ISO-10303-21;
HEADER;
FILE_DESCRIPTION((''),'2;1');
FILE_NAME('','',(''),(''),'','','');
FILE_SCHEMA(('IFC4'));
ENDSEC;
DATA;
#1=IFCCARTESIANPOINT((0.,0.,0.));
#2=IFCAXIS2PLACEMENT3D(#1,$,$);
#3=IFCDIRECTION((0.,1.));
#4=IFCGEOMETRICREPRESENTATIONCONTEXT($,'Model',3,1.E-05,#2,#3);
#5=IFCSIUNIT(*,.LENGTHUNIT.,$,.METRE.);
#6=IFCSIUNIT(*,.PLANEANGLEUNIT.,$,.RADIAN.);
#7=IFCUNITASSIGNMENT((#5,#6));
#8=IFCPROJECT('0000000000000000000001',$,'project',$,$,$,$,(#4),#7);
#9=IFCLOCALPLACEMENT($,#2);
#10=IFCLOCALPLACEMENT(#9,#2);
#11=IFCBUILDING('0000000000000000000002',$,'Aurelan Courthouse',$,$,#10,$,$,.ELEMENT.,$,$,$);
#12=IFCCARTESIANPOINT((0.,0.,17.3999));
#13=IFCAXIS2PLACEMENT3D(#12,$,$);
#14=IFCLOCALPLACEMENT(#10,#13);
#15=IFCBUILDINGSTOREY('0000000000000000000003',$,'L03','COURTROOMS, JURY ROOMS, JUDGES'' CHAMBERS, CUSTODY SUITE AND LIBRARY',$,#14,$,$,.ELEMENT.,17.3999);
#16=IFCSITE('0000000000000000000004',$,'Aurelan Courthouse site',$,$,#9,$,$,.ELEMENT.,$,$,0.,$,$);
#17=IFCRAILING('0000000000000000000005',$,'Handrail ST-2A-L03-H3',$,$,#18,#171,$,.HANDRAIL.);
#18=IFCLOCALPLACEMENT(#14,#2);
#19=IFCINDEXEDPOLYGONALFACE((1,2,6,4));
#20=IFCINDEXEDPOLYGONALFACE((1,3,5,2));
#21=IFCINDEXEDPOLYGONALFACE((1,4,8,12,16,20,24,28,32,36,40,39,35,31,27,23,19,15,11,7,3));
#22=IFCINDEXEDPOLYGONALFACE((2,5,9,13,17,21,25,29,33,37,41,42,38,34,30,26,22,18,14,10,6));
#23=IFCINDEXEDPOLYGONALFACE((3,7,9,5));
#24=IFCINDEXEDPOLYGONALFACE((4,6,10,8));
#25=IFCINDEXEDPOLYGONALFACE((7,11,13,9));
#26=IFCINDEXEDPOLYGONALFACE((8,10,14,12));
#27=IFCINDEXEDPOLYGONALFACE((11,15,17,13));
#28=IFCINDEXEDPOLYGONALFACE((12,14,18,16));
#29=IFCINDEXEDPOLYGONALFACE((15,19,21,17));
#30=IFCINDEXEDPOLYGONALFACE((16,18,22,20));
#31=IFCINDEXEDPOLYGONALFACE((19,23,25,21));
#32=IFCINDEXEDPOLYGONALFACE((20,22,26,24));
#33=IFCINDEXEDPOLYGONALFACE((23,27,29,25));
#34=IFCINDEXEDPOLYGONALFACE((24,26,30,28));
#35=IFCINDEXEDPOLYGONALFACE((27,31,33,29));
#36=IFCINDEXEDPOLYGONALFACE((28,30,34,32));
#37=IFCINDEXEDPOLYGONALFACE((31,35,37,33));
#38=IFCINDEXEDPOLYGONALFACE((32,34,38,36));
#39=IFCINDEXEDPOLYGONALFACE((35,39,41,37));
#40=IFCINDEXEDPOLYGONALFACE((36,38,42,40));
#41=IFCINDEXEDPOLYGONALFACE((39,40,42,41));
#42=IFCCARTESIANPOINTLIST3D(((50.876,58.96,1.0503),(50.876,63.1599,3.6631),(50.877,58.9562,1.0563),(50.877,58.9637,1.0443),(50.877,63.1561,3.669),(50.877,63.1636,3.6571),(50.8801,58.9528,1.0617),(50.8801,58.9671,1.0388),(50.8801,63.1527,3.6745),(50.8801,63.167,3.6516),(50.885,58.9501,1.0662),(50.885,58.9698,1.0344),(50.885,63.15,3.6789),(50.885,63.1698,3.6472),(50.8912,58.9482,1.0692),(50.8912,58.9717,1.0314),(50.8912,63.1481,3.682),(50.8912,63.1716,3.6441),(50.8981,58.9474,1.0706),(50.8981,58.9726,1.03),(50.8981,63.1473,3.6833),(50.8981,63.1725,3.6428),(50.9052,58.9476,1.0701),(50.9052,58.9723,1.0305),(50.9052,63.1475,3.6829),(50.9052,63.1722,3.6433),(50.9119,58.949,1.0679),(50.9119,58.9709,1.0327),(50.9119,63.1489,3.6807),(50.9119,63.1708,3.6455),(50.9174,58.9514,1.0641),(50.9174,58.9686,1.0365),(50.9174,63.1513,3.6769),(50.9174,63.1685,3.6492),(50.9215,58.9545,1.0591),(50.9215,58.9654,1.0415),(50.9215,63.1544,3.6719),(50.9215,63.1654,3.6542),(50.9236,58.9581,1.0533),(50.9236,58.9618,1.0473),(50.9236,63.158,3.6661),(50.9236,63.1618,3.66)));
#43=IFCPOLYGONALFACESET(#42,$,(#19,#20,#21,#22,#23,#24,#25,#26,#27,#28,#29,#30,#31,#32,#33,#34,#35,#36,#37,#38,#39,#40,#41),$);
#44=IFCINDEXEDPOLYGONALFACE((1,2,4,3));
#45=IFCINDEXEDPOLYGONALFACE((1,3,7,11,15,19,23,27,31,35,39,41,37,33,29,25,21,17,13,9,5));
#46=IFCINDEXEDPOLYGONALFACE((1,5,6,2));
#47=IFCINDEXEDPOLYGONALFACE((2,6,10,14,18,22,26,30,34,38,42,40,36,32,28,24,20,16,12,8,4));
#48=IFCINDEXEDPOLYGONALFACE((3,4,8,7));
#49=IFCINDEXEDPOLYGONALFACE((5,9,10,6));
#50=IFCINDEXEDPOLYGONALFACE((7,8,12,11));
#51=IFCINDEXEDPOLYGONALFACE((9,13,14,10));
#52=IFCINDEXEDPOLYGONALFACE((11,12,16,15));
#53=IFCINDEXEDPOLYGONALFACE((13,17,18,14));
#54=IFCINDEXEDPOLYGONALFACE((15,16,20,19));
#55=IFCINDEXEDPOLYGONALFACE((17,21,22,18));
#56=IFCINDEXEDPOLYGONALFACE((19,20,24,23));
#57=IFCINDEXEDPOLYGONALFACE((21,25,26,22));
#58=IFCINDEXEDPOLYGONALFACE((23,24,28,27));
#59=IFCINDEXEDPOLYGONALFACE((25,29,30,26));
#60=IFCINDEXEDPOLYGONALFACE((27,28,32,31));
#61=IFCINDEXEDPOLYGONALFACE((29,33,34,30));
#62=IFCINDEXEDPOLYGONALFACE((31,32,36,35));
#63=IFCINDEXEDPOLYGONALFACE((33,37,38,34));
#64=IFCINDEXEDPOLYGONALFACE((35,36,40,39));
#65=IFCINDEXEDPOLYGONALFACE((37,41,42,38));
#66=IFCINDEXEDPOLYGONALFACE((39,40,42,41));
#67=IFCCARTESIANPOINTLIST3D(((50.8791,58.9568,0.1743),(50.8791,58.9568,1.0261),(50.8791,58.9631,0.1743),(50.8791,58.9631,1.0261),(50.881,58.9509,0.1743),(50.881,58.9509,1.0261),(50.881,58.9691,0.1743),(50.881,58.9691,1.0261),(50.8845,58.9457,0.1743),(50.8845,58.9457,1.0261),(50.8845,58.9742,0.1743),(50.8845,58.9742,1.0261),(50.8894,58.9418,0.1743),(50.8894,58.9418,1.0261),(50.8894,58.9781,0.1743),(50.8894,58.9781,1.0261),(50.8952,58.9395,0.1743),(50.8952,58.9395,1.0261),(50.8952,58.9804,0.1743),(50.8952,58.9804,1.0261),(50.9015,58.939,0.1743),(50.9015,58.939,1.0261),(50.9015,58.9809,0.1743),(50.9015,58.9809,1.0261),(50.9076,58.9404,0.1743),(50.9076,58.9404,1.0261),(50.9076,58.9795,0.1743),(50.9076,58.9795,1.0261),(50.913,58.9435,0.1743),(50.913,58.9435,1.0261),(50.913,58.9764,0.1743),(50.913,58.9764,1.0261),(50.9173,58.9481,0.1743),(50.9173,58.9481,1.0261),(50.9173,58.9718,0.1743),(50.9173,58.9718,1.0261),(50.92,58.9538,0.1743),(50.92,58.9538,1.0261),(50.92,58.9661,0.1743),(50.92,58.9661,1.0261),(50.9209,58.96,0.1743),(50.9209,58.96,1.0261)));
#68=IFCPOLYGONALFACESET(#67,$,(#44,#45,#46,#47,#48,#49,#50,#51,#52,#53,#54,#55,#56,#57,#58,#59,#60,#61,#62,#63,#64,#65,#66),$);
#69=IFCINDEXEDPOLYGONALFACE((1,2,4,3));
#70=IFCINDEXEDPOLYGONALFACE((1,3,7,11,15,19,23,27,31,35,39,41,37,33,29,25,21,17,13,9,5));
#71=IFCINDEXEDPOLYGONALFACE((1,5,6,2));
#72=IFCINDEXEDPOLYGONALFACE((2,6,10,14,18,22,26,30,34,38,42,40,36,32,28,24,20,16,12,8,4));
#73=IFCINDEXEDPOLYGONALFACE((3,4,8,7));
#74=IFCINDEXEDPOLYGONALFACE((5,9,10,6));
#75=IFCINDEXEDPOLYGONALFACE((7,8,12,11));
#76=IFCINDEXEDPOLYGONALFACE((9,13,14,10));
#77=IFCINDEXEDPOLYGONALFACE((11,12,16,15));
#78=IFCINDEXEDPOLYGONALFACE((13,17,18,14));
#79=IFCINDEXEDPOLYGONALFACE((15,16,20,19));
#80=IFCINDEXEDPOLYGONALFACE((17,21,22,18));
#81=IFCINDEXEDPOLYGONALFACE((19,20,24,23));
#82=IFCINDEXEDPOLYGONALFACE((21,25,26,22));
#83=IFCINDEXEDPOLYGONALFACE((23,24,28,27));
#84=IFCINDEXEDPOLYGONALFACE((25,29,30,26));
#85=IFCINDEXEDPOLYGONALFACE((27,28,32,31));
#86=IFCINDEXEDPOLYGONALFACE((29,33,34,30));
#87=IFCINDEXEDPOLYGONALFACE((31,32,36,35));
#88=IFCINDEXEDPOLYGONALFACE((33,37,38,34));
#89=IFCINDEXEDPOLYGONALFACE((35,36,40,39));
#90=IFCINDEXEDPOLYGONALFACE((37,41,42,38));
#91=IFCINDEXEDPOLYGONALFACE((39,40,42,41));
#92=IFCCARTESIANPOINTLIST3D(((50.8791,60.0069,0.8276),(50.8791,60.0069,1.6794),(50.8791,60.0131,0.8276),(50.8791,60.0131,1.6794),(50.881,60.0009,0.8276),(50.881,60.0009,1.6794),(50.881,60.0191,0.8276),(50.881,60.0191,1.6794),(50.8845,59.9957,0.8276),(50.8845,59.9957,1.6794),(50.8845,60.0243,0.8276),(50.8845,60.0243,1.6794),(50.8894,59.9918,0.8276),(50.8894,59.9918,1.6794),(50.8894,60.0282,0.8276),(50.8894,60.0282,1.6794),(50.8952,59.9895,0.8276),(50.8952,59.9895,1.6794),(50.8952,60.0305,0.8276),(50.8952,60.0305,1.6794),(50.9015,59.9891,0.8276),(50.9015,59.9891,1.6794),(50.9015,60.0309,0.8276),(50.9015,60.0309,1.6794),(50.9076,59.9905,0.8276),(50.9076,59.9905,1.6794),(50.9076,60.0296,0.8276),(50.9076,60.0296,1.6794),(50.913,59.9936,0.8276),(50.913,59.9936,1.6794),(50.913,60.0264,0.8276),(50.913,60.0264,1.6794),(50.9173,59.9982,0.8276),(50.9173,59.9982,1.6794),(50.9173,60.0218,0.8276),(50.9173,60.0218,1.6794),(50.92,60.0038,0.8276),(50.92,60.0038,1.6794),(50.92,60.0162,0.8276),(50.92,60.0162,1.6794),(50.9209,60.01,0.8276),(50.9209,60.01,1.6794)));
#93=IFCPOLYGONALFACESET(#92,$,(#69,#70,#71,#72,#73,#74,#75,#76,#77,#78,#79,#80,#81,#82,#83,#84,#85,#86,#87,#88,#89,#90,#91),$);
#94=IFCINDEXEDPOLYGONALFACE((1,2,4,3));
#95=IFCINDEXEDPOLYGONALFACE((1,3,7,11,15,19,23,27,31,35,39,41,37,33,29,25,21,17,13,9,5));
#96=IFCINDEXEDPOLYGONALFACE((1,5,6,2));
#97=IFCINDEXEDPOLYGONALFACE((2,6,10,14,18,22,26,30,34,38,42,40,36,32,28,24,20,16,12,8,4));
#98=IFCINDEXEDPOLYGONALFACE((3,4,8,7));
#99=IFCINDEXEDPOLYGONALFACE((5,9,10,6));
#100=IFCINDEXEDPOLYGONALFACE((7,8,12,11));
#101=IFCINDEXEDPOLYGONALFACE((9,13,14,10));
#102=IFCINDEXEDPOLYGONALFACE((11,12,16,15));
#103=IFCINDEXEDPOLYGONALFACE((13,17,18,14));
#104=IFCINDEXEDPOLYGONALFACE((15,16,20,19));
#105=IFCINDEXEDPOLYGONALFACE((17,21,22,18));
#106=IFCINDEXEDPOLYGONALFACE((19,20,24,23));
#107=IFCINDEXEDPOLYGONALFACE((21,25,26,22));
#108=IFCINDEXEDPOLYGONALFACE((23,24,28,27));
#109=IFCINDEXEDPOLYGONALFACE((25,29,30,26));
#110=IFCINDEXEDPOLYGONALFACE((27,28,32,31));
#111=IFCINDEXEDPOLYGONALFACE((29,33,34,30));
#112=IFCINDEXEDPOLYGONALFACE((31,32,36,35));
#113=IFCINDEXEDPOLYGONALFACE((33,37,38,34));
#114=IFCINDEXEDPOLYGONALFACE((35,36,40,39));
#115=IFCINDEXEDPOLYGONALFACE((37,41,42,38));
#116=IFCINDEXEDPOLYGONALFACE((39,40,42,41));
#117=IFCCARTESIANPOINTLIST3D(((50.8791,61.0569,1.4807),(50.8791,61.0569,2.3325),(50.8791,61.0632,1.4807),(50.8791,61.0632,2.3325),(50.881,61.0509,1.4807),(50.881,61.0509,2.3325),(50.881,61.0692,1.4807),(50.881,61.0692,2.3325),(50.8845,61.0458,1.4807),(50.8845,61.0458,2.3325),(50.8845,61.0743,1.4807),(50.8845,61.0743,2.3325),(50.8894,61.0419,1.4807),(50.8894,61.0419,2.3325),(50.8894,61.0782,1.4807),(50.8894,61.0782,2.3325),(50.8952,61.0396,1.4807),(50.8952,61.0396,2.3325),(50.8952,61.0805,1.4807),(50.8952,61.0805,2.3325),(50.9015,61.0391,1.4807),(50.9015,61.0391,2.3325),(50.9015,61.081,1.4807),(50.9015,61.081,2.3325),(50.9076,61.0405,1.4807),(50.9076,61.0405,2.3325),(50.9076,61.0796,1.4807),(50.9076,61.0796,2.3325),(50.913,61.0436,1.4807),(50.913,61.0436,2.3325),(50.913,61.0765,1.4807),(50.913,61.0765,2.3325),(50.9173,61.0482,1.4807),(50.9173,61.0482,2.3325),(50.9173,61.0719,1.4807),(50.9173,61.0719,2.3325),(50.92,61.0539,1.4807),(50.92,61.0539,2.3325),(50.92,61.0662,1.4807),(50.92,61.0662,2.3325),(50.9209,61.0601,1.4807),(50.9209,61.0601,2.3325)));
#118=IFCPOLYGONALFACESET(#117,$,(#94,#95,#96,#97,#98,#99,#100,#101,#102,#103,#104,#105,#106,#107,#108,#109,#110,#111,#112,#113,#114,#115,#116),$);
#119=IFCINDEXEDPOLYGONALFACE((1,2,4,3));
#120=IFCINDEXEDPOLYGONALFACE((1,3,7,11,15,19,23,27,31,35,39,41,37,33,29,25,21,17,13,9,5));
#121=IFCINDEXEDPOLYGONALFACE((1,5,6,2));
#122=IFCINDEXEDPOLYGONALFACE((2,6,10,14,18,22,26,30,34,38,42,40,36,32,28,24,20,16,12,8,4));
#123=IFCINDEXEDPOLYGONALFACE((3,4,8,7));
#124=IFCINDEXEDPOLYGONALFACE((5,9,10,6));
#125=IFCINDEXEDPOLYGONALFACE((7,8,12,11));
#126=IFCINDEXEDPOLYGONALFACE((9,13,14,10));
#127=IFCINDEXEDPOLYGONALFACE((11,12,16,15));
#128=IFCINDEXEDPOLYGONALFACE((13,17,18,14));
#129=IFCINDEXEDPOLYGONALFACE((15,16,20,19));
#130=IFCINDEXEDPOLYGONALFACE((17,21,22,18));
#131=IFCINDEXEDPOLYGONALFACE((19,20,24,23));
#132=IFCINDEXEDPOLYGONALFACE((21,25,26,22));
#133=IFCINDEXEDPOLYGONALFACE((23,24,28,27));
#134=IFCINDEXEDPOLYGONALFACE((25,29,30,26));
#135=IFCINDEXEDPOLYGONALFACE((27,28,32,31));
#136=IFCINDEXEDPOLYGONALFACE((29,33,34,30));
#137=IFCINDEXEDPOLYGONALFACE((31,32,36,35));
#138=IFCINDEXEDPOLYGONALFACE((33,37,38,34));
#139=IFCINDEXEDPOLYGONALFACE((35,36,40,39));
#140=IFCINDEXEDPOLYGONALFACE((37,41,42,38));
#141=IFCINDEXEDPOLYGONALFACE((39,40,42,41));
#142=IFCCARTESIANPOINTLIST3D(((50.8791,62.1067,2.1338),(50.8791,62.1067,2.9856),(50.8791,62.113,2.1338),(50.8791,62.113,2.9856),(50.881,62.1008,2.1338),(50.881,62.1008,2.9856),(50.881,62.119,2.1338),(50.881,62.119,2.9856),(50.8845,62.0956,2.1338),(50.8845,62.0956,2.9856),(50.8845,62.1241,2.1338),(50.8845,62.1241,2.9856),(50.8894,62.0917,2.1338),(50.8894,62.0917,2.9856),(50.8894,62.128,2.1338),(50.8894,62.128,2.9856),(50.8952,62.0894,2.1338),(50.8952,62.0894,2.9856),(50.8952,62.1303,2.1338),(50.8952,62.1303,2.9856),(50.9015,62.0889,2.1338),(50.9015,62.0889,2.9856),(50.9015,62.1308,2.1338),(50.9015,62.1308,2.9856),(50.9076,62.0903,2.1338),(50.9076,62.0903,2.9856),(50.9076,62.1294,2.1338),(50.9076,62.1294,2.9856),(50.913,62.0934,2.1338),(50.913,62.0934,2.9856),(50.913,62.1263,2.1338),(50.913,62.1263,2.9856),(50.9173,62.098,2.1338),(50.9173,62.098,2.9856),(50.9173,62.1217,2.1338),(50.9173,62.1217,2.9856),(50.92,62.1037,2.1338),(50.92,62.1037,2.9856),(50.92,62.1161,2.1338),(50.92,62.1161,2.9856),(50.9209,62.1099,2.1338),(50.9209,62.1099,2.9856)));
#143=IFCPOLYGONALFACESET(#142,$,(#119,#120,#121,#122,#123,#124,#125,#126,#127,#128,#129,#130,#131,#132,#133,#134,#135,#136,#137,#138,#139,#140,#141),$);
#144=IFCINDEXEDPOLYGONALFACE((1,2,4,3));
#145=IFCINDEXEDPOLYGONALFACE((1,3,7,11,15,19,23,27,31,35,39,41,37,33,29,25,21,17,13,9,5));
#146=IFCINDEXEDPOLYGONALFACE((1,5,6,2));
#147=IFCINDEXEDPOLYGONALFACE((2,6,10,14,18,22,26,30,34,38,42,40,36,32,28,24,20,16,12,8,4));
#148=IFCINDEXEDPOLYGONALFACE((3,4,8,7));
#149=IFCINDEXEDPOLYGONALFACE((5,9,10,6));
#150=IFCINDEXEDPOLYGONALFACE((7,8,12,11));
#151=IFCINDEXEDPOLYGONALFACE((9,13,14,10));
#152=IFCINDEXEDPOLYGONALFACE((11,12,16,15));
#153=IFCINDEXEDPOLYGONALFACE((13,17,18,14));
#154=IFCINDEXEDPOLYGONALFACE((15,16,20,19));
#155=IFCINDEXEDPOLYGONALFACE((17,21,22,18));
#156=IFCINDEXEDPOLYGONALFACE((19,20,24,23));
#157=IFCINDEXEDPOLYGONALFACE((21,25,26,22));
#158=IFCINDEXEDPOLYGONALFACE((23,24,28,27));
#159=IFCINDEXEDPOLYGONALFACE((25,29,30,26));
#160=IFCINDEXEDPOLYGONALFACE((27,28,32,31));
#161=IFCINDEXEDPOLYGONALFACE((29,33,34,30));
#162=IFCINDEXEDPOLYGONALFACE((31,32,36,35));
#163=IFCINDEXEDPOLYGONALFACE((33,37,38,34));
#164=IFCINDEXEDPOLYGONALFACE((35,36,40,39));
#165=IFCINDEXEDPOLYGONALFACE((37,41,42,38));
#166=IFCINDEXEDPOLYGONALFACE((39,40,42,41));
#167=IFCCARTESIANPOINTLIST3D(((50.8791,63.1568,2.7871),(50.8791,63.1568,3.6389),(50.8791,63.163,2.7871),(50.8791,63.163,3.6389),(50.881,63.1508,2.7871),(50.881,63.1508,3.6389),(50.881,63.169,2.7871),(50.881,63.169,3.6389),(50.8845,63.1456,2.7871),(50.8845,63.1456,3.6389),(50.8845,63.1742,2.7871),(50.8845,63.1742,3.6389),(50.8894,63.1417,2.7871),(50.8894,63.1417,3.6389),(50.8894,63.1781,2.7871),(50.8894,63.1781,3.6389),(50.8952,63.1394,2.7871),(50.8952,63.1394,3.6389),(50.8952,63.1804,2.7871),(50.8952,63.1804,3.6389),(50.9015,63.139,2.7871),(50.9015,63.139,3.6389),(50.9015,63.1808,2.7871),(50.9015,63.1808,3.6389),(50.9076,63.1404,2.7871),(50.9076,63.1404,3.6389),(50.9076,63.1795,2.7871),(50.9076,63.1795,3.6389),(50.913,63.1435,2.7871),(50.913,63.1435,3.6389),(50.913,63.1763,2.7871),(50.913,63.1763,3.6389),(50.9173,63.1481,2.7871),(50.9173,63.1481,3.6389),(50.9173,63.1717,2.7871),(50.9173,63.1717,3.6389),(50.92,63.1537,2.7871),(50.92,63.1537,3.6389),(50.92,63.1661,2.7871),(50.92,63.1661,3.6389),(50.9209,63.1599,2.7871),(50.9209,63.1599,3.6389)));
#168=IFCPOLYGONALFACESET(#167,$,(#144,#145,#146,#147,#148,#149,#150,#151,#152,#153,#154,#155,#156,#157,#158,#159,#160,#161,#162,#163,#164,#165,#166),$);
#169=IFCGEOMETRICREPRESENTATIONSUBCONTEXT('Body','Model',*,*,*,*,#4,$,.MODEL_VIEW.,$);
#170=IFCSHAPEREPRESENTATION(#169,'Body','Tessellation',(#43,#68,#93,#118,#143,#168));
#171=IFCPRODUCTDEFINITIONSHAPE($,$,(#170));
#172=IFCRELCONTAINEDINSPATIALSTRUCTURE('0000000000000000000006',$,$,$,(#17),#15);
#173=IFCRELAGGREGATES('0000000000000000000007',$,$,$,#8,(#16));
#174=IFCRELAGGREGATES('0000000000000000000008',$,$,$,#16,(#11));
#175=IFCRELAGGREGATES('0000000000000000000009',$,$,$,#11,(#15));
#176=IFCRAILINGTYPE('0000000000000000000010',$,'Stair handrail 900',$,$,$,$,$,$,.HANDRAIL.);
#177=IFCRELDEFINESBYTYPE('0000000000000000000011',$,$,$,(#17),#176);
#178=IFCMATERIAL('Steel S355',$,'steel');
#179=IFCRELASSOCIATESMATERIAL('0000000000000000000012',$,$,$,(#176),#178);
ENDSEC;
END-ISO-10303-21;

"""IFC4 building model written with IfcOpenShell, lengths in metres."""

from ifc_helpers import new_model, si_unit, direction, frame, origin, origin_2d, place, context, subcontext, project, spatial, circle, extrude, material, type_object, element, save


model = new_model("IFC4")

# Units and contexts
model_context = context("Model", 3, precision=1e-05, world=origin(), true_north=direction((0.0, 1.0)))
body_context = subcontext(model_context, "Body", "Model", "MODEL_VIEW")
ifc_project = project(units=[si_unit("LENGTHUNIT", "METRE"), si_unit("PLANEANGLEUNIT", "RADIAN")], contexts=[model_context])

# Site, building, storey
site_placement = place(None, origin())
site = spatial("IfcSite", under=ifc_project, at=site_placement, Name="Aurelan Courthouse site", CompositionType="ELEMENT", RefElevation=0.0)
building_placement = place(site_placement, origin())
building = spatial("IfcBuilding", under=site, at=building_placement, Name="Aurelan Courthouse", CompositionType="ELEMENT")
storey_placement = place(building_placement, frame((0.0, 0.0, 17.3999)))
storey = spatial("IfcBuildingStorey", under=building, at=storey_placement, Name="L03", Description="COURTROOMS, JURY ROOMS, JUDGES' CHAMBERS, CUSTODY SUITE AND LIBRARY", CompositionType="ELEMENT", Elevation=17.3999)

# Railing
ifc_material_1 = material(Name="Steel S355", Category="steel")
railing_type_1 = type_object("IfcRailingType", Name="Stair handrail 900", PredefinedType="HANDRAIL", material=ifc_material_1)
for number, where, name in (
    (1, (50.8999, 58.96, 0.1743), "Handrail ST-2A-L03-H3"),
):
    element("IfcRailing", number, at=place(storey_placement, frame(where)), inside=storey, type_object=railing_type_1, Name=name, PredefinedType="HANDRAIL", context=body_context, shape_type="SweptSolid", body=[
        extrude(circle(Radius=0.0239, at=origin_2d()), frame((0.0, 0.0, 0.876), z_axis=(0.0, 0.849103, 0.528228), x_axis=(-1.0, 0.0, 0.0)), (0.0, 0.0, 1.0), 4.9463),
        extrude(circle(Radius=0.021, at=origin_2d()), origin(), (0.0, 0.0, 1.0), 0.8518),
        extrude(circle(Radius=0.021, at=origin_2d()), frame((0.0, 1.05, 0.6533)), (0.0, 0.0, 1.0), 0.8518),
        extrude(circle(Radius=0.021, at=origin_2d()), frame((0.0, 2.1001, 1.3064)), (0.0, 0.0, 1.0), 0.8518),
        extrude(circle(Radius=0.021, at=origin_2d()), frame((0.0, 3.1499, 1.9595)), (0.0, 0.0, 1.0), 0.8518),
        extrude(circle(Radius=0.021, at=origin_2d()), frame((0.0, 4.2, 2.6128)), (0.0, 0.0, 1.0), 0.8518),
    ])

save(model, "model.ifc")
